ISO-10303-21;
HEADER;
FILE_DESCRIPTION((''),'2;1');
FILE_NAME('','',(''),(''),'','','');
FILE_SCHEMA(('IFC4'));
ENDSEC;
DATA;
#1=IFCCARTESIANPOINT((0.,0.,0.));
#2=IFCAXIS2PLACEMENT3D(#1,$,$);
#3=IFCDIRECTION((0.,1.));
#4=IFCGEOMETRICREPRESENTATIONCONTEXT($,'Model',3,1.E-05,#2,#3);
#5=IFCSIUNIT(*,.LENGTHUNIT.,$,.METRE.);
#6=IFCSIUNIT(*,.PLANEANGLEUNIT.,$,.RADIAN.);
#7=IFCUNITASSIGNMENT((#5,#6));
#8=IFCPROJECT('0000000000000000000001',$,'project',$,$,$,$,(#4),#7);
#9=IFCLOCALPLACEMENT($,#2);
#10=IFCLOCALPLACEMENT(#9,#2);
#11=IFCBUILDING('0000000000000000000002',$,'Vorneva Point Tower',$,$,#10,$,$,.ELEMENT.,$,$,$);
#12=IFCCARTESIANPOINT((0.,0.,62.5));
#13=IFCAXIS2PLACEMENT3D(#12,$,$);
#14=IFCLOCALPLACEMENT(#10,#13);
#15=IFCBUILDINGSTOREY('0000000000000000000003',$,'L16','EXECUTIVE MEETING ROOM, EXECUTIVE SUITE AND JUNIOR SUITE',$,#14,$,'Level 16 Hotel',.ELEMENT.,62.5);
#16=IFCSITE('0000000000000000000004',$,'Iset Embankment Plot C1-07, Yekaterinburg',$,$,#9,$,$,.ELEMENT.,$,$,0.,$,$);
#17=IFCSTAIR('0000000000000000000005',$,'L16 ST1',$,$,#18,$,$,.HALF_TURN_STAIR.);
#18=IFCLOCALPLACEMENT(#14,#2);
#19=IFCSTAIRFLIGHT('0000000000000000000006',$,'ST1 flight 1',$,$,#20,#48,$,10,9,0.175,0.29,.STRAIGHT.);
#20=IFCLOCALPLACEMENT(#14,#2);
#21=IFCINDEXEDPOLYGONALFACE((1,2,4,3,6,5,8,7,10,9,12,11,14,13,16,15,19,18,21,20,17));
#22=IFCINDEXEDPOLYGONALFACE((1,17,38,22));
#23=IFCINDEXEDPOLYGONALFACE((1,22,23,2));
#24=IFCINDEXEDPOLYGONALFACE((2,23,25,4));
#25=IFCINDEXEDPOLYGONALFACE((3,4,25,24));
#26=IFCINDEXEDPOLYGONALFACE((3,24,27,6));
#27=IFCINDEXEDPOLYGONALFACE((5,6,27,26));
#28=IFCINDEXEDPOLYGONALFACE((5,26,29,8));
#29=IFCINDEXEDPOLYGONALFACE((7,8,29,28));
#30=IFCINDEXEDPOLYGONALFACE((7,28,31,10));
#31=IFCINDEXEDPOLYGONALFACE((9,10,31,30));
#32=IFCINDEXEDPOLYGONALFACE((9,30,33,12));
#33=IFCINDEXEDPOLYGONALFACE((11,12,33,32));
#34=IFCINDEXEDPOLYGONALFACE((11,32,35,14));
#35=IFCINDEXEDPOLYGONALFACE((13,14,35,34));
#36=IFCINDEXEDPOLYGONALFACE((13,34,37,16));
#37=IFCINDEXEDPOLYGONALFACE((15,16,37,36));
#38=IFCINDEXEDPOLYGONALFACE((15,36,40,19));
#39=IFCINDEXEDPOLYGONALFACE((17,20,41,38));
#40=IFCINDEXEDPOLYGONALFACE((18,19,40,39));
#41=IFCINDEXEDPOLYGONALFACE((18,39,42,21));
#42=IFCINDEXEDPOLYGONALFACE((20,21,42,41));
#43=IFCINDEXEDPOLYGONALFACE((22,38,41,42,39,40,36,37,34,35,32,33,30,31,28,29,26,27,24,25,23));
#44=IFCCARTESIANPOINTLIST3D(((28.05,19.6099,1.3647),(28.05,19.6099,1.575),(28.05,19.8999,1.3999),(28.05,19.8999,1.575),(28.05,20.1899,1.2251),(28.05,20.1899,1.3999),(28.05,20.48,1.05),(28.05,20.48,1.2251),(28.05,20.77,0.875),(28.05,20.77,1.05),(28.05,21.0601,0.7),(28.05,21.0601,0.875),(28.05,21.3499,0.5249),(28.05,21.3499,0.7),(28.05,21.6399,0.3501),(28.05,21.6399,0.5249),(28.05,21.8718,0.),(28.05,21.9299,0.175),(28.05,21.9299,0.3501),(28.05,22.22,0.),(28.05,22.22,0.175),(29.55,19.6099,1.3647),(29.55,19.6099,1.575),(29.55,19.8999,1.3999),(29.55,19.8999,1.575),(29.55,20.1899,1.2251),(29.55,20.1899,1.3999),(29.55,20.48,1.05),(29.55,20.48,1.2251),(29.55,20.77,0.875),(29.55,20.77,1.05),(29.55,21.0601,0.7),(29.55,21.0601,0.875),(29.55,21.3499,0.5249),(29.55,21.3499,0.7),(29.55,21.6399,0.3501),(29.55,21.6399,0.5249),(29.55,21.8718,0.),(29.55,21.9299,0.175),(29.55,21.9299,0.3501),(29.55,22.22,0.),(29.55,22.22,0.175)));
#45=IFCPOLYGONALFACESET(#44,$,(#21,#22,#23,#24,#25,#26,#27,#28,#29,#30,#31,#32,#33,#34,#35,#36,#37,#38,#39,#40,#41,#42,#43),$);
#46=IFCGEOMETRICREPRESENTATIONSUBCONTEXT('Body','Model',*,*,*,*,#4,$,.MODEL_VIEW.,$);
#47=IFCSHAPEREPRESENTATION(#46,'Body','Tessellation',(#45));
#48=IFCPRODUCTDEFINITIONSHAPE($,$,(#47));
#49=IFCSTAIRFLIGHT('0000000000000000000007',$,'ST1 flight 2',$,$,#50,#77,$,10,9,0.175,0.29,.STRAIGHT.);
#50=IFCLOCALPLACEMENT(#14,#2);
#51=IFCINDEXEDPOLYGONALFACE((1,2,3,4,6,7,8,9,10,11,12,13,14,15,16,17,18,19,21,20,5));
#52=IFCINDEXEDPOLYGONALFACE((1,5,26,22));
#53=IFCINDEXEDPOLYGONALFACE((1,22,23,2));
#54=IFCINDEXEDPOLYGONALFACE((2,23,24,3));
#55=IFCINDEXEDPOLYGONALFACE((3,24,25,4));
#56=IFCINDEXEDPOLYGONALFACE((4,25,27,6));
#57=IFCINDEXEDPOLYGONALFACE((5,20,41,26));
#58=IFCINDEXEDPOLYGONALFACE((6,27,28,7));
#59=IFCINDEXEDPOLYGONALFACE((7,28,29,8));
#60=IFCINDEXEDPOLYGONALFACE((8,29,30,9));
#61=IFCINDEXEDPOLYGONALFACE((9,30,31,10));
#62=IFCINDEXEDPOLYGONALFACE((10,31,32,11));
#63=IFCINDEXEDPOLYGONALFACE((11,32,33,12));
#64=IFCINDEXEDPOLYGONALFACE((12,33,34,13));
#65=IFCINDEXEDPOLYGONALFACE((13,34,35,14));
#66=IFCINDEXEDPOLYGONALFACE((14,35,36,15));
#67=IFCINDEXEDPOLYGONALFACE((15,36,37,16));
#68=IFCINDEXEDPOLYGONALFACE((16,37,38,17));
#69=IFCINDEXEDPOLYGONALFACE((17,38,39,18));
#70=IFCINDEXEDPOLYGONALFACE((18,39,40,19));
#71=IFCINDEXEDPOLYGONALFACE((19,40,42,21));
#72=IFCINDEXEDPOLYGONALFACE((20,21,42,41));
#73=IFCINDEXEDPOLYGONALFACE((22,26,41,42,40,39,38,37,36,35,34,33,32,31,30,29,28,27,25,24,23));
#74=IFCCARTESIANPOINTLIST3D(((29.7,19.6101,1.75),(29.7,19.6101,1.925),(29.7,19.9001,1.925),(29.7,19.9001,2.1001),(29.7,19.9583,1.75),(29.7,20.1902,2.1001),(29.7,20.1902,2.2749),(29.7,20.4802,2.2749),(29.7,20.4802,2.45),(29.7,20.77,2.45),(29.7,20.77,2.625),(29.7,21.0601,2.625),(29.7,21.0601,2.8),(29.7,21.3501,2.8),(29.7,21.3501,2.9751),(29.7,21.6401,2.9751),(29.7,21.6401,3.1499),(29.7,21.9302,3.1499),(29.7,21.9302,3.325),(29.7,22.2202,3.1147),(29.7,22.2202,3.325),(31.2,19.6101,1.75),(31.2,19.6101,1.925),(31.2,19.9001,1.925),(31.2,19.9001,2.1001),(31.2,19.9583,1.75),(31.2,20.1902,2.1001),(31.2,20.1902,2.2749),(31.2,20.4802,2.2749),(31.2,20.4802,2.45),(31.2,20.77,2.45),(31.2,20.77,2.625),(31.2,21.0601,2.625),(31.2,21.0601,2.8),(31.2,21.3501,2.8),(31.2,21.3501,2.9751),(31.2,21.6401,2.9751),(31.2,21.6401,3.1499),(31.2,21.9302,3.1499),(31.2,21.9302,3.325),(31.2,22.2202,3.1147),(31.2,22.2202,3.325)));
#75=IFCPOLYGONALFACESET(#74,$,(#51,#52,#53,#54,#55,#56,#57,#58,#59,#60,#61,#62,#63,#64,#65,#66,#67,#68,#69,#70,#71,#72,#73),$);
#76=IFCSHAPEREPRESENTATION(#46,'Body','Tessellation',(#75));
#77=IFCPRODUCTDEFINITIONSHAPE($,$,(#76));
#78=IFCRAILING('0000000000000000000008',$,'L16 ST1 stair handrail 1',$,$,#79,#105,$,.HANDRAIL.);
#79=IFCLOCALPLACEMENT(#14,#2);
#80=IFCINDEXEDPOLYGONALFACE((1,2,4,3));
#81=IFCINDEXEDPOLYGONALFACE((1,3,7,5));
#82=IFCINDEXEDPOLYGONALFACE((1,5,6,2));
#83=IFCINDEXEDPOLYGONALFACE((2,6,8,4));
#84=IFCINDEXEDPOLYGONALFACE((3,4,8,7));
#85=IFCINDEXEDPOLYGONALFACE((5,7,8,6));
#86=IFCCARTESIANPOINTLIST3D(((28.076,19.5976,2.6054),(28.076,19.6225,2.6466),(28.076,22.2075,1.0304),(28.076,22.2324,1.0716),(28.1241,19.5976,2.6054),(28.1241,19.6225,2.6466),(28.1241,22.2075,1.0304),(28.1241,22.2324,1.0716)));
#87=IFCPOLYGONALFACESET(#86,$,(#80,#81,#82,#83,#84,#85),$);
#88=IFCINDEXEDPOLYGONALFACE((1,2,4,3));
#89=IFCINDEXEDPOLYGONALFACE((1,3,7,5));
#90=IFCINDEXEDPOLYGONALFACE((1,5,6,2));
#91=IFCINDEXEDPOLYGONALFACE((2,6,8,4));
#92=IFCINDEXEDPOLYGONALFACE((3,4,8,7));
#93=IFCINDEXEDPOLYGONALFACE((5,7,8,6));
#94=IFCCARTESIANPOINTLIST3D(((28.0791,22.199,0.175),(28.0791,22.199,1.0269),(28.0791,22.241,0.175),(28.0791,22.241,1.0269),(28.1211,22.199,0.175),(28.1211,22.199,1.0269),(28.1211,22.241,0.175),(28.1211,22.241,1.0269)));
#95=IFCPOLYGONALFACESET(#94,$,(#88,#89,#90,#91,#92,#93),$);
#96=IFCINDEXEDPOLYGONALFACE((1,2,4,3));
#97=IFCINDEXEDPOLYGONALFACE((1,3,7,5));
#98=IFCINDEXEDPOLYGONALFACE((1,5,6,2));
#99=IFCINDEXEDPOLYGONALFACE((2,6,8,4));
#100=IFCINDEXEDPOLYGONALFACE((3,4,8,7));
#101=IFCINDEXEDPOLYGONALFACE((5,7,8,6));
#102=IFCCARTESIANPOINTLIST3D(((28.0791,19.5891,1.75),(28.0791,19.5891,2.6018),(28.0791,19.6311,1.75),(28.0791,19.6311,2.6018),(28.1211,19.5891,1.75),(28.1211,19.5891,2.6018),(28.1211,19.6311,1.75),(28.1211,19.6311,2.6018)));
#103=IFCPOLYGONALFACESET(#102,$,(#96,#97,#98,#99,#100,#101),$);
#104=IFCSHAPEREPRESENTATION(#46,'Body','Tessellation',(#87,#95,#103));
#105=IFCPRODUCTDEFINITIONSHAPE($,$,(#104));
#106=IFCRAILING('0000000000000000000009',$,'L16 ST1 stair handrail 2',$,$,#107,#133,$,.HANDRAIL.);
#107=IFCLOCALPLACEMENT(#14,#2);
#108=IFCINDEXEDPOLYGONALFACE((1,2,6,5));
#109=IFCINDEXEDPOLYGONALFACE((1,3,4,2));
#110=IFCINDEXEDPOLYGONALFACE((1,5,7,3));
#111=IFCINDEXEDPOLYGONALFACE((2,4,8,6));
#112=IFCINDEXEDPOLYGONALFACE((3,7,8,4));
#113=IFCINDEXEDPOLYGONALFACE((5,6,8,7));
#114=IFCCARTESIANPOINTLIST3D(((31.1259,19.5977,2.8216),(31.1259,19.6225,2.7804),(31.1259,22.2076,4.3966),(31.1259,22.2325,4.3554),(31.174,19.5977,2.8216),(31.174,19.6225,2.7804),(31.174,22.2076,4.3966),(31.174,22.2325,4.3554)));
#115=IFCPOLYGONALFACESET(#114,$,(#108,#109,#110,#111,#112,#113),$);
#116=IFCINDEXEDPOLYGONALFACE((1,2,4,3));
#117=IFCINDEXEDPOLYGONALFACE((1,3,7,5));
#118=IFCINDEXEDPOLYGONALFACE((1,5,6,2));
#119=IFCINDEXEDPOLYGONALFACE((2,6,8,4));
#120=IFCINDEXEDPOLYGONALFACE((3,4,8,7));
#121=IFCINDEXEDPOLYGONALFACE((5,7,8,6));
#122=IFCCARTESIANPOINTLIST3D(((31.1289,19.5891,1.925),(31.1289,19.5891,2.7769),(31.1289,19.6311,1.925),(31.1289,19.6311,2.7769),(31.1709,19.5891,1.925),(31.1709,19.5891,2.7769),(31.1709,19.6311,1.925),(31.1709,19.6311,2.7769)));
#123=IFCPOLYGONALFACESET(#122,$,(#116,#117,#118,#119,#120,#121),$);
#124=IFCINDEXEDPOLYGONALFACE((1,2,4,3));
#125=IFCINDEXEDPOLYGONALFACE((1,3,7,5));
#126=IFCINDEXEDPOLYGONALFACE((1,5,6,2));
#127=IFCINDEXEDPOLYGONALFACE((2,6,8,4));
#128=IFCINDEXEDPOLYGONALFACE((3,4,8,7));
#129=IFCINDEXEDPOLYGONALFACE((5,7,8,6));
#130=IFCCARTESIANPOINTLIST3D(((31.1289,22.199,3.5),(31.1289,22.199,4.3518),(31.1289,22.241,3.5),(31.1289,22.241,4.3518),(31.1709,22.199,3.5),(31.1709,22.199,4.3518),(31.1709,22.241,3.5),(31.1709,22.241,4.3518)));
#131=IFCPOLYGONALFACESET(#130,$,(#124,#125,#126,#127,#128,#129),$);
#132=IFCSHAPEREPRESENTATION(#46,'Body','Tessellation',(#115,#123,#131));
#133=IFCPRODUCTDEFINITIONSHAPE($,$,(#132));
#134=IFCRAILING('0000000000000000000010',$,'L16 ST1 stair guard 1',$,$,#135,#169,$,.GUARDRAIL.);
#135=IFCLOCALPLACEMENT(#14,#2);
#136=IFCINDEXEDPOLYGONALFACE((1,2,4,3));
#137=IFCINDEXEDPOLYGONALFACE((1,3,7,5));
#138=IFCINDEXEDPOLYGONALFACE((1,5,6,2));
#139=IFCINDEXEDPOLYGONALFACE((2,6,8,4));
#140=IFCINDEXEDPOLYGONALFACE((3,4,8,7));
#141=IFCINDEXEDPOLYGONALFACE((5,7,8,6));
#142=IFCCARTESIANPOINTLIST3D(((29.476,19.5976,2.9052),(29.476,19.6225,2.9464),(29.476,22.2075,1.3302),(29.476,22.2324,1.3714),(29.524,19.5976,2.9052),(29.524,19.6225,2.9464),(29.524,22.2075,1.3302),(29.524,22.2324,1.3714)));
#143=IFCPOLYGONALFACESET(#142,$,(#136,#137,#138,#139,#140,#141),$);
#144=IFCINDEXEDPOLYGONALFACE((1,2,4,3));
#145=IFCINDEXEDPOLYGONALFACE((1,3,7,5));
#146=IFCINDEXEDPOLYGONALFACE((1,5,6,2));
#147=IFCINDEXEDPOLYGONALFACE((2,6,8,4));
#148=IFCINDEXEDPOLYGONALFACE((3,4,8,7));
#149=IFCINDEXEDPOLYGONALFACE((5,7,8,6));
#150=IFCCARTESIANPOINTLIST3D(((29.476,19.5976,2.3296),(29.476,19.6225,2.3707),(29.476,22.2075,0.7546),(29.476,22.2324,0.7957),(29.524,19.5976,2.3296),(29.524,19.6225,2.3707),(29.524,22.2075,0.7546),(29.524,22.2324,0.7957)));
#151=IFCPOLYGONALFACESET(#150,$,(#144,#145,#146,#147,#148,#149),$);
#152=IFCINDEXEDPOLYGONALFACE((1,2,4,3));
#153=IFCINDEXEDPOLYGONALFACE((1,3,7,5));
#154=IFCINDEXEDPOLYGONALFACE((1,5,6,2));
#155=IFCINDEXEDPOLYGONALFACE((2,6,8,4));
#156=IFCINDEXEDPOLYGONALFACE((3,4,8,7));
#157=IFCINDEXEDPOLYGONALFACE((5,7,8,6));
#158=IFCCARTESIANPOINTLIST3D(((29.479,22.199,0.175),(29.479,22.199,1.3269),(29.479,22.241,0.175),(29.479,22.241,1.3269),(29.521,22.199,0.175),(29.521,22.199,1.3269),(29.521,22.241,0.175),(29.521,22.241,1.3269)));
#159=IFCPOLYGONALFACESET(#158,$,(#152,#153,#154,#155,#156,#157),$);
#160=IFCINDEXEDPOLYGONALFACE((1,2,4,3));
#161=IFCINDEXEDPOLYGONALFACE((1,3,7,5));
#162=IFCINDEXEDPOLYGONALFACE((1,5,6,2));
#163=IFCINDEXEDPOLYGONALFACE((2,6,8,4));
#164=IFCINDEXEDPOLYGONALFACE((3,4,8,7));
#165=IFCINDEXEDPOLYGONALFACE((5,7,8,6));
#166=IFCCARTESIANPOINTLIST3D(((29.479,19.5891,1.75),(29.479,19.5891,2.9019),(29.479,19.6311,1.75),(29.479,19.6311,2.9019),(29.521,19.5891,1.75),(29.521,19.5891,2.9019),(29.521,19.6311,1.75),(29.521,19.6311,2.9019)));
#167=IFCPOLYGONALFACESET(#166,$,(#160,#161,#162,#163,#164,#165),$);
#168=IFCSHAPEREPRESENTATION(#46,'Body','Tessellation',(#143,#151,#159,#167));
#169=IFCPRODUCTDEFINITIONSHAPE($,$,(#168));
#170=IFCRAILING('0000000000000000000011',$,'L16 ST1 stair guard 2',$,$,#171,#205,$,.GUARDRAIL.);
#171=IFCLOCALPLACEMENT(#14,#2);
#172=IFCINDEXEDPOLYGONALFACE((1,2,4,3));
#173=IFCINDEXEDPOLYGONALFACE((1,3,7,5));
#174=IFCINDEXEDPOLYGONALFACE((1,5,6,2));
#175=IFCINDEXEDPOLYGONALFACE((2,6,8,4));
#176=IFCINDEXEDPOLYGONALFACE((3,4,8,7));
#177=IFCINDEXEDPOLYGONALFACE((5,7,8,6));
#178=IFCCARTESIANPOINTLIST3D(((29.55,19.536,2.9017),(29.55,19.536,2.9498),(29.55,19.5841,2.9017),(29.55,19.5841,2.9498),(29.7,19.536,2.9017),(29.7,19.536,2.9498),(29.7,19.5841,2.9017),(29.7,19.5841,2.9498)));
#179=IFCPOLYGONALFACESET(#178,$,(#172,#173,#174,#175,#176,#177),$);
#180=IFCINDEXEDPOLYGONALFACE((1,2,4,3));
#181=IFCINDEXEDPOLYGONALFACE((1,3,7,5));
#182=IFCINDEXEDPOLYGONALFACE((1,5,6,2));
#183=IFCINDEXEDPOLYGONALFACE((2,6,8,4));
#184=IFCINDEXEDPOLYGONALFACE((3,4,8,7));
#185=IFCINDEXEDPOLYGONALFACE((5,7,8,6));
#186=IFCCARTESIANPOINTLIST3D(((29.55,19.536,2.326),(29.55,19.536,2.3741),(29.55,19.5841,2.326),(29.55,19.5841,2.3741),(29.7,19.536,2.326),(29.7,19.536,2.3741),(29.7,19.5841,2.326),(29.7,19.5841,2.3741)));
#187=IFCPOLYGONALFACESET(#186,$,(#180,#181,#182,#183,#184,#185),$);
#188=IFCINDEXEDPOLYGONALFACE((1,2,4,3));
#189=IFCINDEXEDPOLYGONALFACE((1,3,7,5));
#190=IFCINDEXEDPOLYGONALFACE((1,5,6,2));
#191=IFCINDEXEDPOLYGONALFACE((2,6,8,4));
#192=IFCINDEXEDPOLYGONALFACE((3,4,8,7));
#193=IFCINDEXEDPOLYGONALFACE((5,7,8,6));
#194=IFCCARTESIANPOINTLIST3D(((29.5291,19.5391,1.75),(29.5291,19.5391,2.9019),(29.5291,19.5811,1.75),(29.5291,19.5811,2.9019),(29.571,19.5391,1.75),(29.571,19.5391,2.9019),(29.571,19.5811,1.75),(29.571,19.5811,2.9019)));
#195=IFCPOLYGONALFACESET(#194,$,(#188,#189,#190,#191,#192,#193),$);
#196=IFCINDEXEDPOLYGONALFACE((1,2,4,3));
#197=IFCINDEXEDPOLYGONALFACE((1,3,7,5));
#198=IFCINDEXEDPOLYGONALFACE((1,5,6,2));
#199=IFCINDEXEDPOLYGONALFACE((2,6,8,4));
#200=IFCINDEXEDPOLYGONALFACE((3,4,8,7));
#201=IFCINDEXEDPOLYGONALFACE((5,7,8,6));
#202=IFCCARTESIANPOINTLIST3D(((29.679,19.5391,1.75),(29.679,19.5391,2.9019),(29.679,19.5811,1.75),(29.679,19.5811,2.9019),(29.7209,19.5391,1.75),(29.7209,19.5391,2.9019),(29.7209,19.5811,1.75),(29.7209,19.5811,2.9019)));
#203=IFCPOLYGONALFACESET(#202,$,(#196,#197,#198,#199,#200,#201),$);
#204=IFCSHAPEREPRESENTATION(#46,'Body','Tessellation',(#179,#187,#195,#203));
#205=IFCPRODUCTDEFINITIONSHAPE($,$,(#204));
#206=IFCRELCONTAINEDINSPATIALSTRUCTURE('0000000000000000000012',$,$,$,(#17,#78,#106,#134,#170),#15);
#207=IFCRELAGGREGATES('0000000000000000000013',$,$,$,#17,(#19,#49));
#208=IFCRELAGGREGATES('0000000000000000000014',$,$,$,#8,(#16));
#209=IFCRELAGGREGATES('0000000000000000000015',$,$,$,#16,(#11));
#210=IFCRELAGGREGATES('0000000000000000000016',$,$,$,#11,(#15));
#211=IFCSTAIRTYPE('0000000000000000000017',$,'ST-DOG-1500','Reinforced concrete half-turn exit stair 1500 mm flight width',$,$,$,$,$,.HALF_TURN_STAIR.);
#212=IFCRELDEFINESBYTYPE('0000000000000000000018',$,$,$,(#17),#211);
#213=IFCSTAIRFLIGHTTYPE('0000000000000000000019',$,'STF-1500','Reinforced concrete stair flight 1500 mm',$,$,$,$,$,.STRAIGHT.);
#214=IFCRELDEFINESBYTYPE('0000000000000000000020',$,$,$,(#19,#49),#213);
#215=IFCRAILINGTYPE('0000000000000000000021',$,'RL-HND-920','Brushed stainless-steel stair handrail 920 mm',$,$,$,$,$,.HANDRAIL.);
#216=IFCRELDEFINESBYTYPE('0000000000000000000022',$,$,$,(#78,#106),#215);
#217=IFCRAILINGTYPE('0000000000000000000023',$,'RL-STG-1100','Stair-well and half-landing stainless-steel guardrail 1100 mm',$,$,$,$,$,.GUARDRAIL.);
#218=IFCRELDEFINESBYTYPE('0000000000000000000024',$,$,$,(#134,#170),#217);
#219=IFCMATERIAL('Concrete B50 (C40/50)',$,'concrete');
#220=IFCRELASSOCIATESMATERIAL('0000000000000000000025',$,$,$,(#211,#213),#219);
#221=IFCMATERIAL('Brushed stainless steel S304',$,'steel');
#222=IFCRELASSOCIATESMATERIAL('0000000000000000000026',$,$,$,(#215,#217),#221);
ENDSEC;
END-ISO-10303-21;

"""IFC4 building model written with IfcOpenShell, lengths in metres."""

from ifc_helpers import new_model, si_unit, direction, frame, origin, origin_2d, place, context, subcontext, project, spatial, polyline, rectangle, outline, extrude, material, type_object, element, aggregate, save


model = new_model("IFC4")

# Units and contexts
model_context = context("Model", 3, precision=1e-05, world=origin(), true_north=direction((0.0, 1.0)))
body_context = subcontext(model_context, "Body", "Model", "MODEL_VIEW")
ifc_project = project(units=[si_unit("LENGTHUNIT", "METRE"), si_unit("PLANEANGLEUNIT", "RADIAN")], contexts=[model_context])

# Site, building, storey
site_placement = place(None, origin())
site = spatial("IfcSite", under=ifc_project, at=site_placement, Name="Iset Embankment Plot C1-07, Yekaterinburg", CompositionType="ELEMENT", RefElevation=0.0)
building_placement = place(site_placement, origin())
building = spatial("IfcBuilding", under=site, at=building_placement, Name="Vorneva Point Tower", CompositionType="ELEMENT")
storey_placement = place(building_placement, frame((0.0, 0.0, 62.5)))
storey = spatial("IfcBuildingStorey", under=building, at=storey_placement, Name="L16", Description="EXECUTIVE MEETING ROOM, EXECUTIVE SUITE AND JUNIOR SUITE", LongName="Level 16 Hotel", CompositionType="ELEMENT", Elevation=62.5)

# Shared definitions
ifc_material_1 = material(Name="Concrete B50 (C40/50)", Category="concrete")

# Stair, stair flights
stair_type = type_object("IfcStairType", Name="ST-DOG-1500", Description="Reinforced concrete half-turn exit stair 1500 mm flight width", PredefinedType="HALF_TURN_STAIR", material=ifc_material_1)
stair_placement = place(storey_placement, origin())
stair = element("IfcStair", 1, at=stair_placement, inside=storey, type_object=stair_type, Name="L16 ST1", PredefinedType="HALF_TURN_STAIR")
stair_flight_type = type_object("IfcStairFlightType", Name="STF-1500", Description="Reinforced concrete stair flight 1500 mm", PredefinedType="STRAIGHT", material=ifc_material_1)
stair_flight_1_placement = place(storey_placement, frame((28.8, 22.22, 0.0), z_axis=(0.0, 0.0, 1.0), x_axis=(0.0, -1.0, 0.0)))
stair_flight_1 = element("IfcStairFlight", 2, at=stair_flight_1_placement, type_object=stair_flight_type, Name="ST1 flight 1", NumberOfRisers=10, NumberOfTreads=9, PredefinedType="STRAIGHT", RiserHeight=0.175, TreadLength=0.29, context=body_context, shape_type="SweptSolid", body=[
    extrude(outline(polyline([(0.0, 0.0), (0.0, 0.175), (0.29, 0.175), (0.29, 0.3501), (0.5801, 0.3501), (0.5801, 0.5249), (0.8701, 0.5249), (0.8701, 0.7), (1.1599, 0.7), (1.1599, 0.875), (1.45, 0.875), (1.45, 1.05), (1.74, 1.05), (1.74, 1.2251), (2.03, 1.2251), (2.03, 1.3999), (2.3201, 1.3999), (2.3201, 1.575), (2.6101, 1.575), (2.6101, 1.75), (2.6101, 1.3647), (0.3481, 0.0), (0.0, 0.0)])), frame((0.0, 0.75, 0.0), z_axis=(0.0, -1.0, 0.0), x_axis=(1.0, 0.0, 0.0)), (0.0, 0.0, 1.0), 1.5),
])
stair_flight_2_placement = place(storey_placement, frame((30.45, 19.6101, 1.75), z_axis=(0.0, 0.0, 1.0), x_axis=(0.0, 1.0, 0.0)))
stair_flight_2 = element("IfcStairFlight", 3, at=stair_flight_2_placement, type_object=stair_flight_type, Name="ST1 flight 2", NumberOfRisers=10, NumberOfTreads=9, PredefinedType="STRAIGHT", RiserHeight=0.175, TreadLength=0.29, context=body_context, shape_type="SweptSolid", body=[
    extrude(outline(polyline([(0.0, 0.0), (0.0, 0.175), (0.29, 0.175), (0.29, 0.3501), (0.5801, 0.3501), (0.5801, 0.5249), (0.8701, 0.5249), (0.8701, 0.7), (1.1599, 0.7), (1.1599, 0.875), (1.45, 0.875), (1.45, 1.05), (1.74, 1.05), (1.74, 1.2251), (2.03, 1.2251), (2.03, 1.3999), (2.3201, 1.3999), (2.3201, 1.575), (2.6101, 1.575), (2.6101, 1.75), (2.6101, 1.3647), (0.3481, 0.0), (0.0, 0.0)])), frame((0.0, 0.75, 0.0), z_axis=(0.0, -1.0, 0.0), x_axis=(1.0, 0.0, 0.0)), (0.0, 0.0, 1.0), 1.5),
])
aggregate(stair, [stair_flight_1, stair_flight_2])

# Railings
ifc_material_2 = material(Name="Brushed stainless steel S304", Category="steel")
railing_type_1 = type_object("IfcRailingType", Name="RL-HND-920", Description="Brushed stainless-steel stair handrail 920 mm", PredefinedType="HANDRAIL", material=ifc_material_2)
railing_1_placement = place(storey_placement, frame((28.1001, 22.22, 0.175)))
element("IfcRailing", 4, at=railing_1_placement, inside=storey, type_object=railing_type_1, Name="L16 ST1 stair handrail 1", PredefinedType="HANDRAIL", context=body_context, shape_type="SweptSolid", body=[
    extrude(rectangle(XDim=0.0481, YDim=0.0481, at=origin_2d()), frame((0.0, 0.0, 0.876), z_axis=(0.0, -0.856183, 0.516673), x_axis=(1.0, 0.0, 0.0)), (0.0, 0.0, 1.0), 3.0483),
    extrude(rectangle(XDim=0.042, YDim=0.042, at=origin_2d()), origin(), (0.0, 0.0, 1.0), 0.8518),
    extrude(rectangle(XDim=0.042, YDim=0.042, at=origin_2d()), frame((0.0, -2.6099, 1.575)), (0.0, 0.0, 1.0), 0.8518),
])
railing_2_placement = place(storey_placement, frame((31.1499, 19.6101, 1.925)))
element("IfcRailing", 5, at=railing_2_placement, inside=storey, type_object=railing_type_1, Name="L16 ST1 stair handrail 2", PredefinedType="HANDRAIL", context=body_context, shape_type="SweptSolid", body=[
    extrude(rectangle(XDim=0.0481, YDim=0.0481, at=origin_2d()), frame((0.0, 0.0, 0.876), z_axis=(0.0, 0.856183, 0.516673), x_axis=(-1.0, 0.0, 0.0)), (0.0, 0.0, 1.0), 3.0483),
    extrude(rectangle(XDim=0.042, YDim=0.042, at=origin_2d()), origin(), (0.0, 0.0, 1.0), 0.8518),
    extrude(rectangle(XDim=0.042, YDim=0.042, at=origin_2d()), frame((0.0, 2.6099, 1.575)), (0.0, 0.0, 1.0), 0.8518),
])
railing_type_2 = type_object("IfcRailingType", Name="RL-STG-1100", Description="Stair-well and half-landing stainless-steel guardrail 1100 mm", PredefinedType="GUARDRAIL", material=ifc_material_2)
railing_3_placement = place(storey_placement, frame((29.5, 22.22, 0.175)))
element("IfcRailing", 6, at=railing_3_placement, inside=storey, type_object=railing_type_2, Name="L16 ST1 stair guard 1", PredefinedType="GUARDRAIL", context=body_context, shape_type="SweptSolid", body=[
    extrude(rectangle(XDim=0.0481, YDim=0.0481, at=origin_2d()), frame((0.0, 0.0, 1.1758), z_axis=(0.0, -0.856183, 0.516673), x_axis=(1.0, 0.0, 0.0)), (0.0, 0.0, 1.0), 3.0483),
    extrude(rectangle(XDim=0.0481, YDim=0.0481, at=origin_2d()), frame((0.0, 0.0, 0.6001), z_axis=(0.0, -0.856183, 0.516673), x_axis=(1.0, 0.0, 0.0)), (0.0, 0.0, 1.0), 3.0483),
    extrude(rectangle(XDim=0.042, YDim=0.042, at=origin_2d()), origin(), (0.0, 0.0, 1.0), 1.1519),
    extrude(rectangle(XDim=0.042, YDim=0.042, at=origin_2d()), frame((0.0, -2.6099, 1.575)), (0.0, 0.0, 1.0), 1.1519),
])
railing_4_placement = place(storey_placement, frame((29.55, 19.5601, 1.75)))
element("IfcRailing", 7, at=railing_4_placement, inside=storey, type_object=railing_type_2, Name="L16 ST1 stair guard 2", PredefinedType="GUARDRAIL", context=body_context, shape_type="SweptSolid", body=[
    extrude(rectangle(XDim=0.0481, YDim=0.0481, at=origin_2d()), frame((0.0, 0.0, 1.1758), z_axis=(1.0, 0.0, 0.0), x_axis=(0.0, 1.0, 0.0)), (0.0, 0.0, 1.0), 0.1499),
    extrude(rectangle(XDim=0.0481, YDim=0.0481, at=origin_2d()), frame((0.0, 0.0, 0.6001), z_axis=(1.0, 0.0, 0.0), x_axis=(0.0, 1.0, 0.0)), (0.0, 0.0, 1.0), 0.1499),
    extrude(rectangle(XDim=0.042, YDim=0.042, at=origin_2d()), origin(), (0.0, 0.0, 1.0), 1.1519),
    extrude(rectangle(XDim=0.042, YDim=0.042, at=origin_2d()), frame((0.1499, 0.0, 0.0)), (0.0, 0.0, 1.0), 1.1519),
])

save(model, "model.ifc")
